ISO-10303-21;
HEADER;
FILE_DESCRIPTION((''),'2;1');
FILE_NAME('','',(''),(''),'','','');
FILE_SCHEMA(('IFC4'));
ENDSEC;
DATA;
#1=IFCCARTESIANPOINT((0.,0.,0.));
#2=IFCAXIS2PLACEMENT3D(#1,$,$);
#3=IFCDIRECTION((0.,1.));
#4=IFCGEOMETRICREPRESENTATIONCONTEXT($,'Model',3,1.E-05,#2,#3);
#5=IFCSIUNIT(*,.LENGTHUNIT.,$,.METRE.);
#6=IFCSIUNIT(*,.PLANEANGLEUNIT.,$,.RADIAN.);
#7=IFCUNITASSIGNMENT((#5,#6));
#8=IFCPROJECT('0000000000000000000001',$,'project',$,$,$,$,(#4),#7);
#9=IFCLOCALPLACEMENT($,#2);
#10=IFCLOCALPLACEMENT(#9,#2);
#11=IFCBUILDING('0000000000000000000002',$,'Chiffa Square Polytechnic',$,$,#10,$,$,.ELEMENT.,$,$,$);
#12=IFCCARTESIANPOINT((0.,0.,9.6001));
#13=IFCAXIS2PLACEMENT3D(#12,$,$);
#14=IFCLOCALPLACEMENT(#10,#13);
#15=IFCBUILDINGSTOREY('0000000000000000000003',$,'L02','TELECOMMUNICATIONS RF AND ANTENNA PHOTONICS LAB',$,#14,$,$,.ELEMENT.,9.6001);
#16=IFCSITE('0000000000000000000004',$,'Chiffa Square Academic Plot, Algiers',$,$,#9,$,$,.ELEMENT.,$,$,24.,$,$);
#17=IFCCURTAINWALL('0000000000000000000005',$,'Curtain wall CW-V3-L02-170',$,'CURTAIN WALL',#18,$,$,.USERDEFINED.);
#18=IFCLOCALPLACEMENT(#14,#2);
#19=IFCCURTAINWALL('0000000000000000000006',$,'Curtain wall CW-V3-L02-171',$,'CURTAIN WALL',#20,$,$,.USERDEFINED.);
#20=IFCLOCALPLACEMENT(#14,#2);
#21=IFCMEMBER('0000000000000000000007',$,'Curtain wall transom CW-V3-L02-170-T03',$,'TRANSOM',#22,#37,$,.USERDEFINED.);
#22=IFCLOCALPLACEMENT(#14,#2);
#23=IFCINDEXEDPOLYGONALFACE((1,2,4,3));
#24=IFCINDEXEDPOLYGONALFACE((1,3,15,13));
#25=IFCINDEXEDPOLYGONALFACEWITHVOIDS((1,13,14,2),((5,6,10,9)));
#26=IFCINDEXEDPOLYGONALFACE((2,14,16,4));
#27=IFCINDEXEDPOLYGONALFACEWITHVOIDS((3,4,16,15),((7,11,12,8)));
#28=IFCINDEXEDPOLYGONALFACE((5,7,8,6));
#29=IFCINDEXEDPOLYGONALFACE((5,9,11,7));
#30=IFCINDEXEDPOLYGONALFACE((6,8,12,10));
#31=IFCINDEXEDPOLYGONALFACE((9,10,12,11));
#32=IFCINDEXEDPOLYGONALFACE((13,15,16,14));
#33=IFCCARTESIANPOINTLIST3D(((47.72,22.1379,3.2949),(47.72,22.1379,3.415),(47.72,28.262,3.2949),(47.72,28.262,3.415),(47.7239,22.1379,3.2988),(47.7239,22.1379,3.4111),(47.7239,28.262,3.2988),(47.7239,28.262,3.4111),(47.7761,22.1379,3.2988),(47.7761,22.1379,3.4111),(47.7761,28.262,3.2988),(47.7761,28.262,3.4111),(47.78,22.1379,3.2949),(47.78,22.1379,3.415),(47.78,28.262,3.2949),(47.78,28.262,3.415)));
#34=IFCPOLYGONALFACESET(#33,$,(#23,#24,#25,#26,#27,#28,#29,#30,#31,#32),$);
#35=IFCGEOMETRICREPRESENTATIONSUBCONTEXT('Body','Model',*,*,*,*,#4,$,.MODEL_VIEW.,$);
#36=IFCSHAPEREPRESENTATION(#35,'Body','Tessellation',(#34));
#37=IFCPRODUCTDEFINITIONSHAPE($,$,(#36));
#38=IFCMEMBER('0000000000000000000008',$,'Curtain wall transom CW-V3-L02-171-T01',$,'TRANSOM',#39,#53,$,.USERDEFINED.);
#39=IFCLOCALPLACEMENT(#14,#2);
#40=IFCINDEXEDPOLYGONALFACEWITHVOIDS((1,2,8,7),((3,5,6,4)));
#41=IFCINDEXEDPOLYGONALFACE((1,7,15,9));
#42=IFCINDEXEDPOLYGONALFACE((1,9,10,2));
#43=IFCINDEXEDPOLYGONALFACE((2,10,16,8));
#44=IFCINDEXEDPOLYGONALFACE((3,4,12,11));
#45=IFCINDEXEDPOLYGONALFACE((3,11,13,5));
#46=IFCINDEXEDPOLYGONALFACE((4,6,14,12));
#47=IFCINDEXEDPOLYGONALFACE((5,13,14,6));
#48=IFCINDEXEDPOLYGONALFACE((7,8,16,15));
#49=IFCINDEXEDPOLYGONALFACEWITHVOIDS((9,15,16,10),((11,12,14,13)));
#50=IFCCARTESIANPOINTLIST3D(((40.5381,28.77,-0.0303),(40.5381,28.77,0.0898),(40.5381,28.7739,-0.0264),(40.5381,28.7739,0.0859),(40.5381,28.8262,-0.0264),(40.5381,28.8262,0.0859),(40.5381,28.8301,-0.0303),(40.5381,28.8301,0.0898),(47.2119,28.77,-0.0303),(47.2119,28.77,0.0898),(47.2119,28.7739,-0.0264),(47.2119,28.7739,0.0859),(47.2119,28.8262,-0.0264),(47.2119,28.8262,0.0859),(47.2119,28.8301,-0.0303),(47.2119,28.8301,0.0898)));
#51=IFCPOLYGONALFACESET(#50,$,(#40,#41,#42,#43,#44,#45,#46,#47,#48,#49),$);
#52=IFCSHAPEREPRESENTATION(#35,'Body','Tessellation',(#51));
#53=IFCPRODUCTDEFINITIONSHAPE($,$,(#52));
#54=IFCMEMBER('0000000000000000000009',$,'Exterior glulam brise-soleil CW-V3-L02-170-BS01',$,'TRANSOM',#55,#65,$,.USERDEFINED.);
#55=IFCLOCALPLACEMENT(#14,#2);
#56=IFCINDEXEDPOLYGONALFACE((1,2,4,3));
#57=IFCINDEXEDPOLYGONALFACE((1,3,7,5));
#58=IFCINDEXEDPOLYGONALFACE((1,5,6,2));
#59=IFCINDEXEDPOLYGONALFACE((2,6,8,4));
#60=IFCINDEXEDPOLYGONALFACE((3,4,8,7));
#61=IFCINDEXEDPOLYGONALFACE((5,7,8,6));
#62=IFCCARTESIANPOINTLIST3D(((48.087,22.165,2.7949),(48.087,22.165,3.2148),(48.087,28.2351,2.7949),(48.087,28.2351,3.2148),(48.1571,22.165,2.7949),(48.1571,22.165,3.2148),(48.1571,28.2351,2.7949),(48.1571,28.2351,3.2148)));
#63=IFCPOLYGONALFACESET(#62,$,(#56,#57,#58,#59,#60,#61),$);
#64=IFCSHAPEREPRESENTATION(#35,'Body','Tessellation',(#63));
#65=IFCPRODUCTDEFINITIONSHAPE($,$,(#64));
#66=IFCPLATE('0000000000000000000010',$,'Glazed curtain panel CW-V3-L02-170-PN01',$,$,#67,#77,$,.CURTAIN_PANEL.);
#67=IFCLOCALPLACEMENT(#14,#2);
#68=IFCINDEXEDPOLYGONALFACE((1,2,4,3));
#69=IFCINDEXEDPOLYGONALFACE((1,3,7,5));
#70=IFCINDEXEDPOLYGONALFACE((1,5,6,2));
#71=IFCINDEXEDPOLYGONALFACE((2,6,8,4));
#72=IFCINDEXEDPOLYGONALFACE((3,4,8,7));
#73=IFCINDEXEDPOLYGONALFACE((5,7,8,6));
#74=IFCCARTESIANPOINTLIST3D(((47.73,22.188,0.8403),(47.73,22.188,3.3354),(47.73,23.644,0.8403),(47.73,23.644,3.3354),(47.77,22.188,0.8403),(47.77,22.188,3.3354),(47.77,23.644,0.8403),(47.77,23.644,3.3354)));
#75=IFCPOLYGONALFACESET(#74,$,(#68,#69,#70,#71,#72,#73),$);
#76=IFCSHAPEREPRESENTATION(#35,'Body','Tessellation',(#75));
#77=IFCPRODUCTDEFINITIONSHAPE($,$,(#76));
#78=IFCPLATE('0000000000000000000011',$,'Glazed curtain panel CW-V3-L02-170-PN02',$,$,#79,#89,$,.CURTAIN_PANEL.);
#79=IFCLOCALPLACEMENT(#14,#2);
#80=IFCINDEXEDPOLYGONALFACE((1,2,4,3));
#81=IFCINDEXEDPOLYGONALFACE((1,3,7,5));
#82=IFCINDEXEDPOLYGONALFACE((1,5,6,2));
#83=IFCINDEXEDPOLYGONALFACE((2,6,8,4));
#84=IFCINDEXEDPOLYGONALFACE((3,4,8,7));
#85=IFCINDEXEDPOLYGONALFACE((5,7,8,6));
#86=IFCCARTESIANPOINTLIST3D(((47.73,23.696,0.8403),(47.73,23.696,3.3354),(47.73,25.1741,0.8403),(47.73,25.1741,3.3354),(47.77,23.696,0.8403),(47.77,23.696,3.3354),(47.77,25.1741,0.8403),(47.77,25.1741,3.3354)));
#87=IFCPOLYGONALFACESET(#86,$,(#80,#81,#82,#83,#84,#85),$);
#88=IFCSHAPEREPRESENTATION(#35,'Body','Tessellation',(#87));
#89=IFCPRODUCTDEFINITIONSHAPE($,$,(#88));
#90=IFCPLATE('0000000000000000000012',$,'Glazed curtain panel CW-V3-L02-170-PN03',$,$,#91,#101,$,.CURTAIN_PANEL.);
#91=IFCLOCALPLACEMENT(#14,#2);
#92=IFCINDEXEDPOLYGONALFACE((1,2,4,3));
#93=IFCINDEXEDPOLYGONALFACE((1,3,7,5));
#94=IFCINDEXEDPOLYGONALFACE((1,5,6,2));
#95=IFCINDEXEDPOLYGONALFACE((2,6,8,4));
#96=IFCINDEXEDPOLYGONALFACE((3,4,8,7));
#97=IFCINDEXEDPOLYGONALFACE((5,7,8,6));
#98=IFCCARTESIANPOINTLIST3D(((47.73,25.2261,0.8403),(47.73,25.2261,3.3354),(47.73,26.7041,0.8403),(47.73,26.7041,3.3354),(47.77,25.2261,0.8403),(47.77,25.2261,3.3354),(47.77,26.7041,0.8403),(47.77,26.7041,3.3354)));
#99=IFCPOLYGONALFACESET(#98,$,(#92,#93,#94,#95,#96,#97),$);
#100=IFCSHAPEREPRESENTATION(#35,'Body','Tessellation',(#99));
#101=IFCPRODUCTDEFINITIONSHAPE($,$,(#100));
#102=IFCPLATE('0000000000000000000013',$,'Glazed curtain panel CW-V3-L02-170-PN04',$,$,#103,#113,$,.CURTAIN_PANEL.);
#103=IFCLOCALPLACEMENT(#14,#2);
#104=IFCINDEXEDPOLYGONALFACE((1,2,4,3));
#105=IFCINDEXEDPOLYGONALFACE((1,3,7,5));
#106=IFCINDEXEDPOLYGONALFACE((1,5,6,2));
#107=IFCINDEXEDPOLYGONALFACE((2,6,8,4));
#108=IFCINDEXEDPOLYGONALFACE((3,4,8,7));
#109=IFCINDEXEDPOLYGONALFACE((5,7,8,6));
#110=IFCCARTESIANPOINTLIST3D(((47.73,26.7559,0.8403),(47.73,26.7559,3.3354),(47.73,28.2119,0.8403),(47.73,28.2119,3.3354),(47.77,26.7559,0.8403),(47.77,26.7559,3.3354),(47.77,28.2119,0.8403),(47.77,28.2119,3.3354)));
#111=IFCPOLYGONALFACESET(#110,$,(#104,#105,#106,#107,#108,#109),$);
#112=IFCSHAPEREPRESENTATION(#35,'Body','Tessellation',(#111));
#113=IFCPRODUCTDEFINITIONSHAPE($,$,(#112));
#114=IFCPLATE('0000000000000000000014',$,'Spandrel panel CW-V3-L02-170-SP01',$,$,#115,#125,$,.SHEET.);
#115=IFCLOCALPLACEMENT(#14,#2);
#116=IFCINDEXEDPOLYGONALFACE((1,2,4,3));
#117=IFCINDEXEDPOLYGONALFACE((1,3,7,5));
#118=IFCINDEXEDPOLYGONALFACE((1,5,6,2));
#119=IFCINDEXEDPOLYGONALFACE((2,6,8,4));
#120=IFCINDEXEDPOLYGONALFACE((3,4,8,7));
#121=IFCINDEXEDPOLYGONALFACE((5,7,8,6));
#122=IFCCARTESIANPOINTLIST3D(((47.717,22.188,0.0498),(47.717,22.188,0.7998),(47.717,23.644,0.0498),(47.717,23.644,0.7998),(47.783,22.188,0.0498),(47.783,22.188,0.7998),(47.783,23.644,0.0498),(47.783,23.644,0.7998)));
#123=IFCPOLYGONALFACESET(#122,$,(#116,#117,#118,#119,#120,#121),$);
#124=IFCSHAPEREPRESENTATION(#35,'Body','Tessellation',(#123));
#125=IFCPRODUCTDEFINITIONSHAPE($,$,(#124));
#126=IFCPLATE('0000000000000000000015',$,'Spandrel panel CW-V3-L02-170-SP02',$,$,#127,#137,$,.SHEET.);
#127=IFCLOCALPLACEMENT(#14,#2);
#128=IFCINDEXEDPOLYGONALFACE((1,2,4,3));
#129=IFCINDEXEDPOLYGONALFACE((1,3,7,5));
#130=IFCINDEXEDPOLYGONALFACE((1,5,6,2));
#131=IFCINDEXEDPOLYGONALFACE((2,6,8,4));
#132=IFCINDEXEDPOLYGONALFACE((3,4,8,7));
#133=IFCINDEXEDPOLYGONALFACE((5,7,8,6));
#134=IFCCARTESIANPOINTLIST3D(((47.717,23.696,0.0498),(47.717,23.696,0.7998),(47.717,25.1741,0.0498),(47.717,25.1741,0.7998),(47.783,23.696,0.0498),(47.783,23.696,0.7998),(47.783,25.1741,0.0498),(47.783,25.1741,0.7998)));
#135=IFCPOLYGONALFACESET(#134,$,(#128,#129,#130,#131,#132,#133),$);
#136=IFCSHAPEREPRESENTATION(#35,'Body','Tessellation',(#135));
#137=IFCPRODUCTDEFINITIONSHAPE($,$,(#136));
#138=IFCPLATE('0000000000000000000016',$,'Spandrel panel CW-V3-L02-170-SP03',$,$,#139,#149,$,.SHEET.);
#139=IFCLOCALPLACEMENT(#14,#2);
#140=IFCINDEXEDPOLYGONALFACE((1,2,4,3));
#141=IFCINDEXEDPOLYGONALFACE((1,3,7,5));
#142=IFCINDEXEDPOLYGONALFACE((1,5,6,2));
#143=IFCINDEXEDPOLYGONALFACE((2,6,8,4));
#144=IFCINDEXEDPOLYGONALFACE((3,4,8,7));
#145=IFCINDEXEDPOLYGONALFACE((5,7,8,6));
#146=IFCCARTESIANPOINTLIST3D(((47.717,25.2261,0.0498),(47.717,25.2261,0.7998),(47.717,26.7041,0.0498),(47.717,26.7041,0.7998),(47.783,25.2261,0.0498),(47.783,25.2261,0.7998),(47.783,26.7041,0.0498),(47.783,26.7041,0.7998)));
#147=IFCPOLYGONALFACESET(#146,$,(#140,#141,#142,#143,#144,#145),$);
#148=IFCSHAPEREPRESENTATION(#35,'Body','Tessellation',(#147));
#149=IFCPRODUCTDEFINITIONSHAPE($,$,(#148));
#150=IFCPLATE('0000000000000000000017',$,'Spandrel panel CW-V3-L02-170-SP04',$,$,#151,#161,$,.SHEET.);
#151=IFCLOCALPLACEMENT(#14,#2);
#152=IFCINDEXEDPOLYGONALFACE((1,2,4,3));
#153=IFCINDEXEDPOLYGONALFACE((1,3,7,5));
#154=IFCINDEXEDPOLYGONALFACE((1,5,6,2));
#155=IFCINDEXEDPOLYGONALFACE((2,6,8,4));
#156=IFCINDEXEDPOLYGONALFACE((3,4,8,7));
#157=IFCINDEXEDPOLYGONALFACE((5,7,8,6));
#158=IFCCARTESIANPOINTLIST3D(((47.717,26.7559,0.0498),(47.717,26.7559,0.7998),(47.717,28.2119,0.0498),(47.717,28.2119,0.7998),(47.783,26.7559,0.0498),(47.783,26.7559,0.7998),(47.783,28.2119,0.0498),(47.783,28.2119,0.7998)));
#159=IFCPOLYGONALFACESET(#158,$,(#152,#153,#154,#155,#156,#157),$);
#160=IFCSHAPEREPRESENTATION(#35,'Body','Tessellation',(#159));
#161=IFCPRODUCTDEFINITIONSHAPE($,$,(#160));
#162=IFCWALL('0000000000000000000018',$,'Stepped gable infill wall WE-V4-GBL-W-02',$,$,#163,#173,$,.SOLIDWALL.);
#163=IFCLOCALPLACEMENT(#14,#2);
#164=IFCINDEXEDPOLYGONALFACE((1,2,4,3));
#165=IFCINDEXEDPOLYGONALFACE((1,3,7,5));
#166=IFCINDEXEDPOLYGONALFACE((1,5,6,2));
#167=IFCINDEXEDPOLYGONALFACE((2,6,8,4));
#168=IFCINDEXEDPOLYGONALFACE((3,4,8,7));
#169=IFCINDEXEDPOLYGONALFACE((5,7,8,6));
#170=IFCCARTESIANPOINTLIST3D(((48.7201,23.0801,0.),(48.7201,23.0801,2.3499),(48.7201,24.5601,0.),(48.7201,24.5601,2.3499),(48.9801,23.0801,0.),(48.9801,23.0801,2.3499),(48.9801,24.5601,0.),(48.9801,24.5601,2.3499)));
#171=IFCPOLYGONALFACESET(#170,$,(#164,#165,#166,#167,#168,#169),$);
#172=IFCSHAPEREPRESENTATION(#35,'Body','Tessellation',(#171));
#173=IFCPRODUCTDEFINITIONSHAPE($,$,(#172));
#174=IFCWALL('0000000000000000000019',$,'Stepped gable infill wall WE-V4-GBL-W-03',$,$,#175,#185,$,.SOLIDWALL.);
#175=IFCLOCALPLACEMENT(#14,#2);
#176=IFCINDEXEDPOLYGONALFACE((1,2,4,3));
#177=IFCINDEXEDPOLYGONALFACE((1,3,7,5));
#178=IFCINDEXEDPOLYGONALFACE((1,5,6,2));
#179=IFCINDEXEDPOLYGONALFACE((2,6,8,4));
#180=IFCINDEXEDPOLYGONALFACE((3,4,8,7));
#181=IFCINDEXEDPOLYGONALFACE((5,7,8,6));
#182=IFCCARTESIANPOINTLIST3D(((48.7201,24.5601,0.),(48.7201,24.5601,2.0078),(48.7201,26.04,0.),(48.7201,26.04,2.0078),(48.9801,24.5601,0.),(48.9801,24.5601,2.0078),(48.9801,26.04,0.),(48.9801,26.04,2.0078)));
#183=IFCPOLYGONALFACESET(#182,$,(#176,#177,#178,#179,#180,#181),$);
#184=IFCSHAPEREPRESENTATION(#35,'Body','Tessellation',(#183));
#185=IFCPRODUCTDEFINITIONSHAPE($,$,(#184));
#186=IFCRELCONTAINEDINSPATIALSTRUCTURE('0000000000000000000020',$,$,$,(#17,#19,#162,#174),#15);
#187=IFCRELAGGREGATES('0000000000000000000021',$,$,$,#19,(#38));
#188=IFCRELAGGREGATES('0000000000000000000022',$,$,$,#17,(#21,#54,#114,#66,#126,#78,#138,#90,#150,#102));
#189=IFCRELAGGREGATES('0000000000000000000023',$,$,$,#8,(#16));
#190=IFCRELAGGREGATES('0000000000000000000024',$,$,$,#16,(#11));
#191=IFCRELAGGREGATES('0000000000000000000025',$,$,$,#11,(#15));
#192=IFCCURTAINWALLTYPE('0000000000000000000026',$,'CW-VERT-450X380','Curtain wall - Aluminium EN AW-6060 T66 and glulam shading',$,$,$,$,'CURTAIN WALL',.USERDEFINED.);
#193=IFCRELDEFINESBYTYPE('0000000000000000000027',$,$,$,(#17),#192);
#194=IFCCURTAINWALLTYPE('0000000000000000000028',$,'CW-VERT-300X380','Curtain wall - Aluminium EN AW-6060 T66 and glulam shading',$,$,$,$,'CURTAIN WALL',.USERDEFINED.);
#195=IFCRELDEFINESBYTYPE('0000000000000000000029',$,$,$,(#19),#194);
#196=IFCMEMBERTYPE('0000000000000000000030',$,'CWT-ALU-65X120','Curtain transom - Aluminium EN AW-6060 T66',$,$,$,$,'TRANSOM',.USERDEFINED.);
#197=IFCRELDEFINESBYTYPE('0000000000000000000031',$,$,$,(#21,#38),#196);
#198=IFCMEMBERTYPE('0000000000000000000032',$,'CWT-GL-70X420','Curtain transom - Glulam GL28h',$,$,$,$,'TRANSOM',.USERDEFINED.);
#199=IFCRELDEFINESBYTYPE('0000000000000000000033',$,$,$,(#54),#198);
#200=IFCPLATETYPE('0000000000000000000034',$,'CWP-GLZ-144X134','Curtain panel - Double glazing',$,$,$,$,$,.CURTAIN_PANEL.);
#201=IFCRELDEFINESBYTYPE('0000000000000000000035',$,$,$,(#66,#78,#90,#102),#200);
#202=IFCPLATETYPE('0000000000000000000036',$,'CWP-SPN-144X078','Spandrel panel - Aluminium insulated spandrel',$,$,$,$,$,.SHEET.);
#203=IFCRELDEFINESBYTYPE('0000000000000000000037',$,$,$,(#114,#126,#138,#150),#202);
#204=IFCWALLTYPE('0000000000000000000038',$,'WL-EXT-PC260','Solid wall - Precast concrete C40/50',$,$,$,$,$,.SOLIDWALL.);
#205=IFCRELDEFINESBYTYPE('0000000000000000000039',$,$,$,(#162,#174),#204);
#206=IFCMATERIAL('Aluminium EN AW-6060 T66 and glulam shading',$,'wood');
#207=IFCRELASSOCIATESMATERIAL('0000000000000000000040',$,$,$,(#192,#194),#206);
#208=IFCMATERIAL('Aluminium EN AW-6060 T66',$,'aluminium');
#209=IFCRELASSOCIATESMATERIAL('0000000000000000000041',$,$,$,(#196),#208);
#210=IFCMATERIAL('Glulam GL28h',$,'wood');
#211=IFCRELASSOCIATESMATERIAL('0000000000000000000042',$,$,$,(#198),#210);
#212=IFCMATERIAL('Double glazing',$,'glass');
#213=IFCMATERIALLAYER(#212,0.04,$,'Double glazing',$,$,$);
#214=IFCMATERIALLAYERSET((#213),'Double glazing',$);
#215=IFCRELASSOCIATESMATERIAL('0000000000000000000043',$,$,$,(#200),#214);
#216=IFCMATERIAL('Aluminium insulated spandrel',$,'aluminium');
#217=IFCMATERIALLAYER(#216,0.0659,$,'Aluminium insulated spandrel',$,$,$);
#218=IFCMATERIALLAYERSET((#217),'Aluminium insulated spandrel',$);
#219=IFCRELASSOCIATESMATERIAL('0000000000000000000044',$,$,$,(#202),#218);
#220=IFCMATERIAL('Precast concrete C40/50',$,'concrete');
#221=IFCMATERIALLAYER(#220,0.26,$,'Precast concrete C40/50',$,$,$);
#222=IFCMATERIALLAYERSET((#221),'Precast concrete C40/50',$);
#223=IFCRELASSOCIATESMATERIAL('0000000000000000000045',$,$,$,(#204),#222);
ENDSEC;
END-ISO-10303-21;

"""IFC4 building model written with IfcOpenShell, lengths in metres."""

from ifc_helpers import new_model, si_unit, direction, frame, frame_2d, origin, origin_2d, place, context, subcontext, project, spatial, rectangle, hollow_rectangle, extrude, material, layer, layer_set, material_profile, profile_set, type_object, element, aggregate, save


model = new_model("IFC4")

# Units and contexts
model_context = context("Model", 3, precision=1e-05, world=origin(), true_north=direction((0.0, 1.0)))
body_context = subcontext(model_context, "Body", "Model", "MODEL_VIEW")
ifc_project = project(units=[si_unit("LENGTHUNIT", "METRE"), si_unit("PLANEANGLEUNIT", "RADIAN")], contexts=[model_context])

# Site, building, storey
site_placement = place(None, origin())
site = spatial("IfcSite", under=ifc_project, at=site_placement, Name="Chiffa Square Academic Plot, Algiers", CompositionType="ELEMENT", RefElevation=24.0)
building_placement = place(site_placement, origin())
building = spatial("IfcBuilding", under=site, at=building_placement, Name="Chiffa Square Polytechnic", CompositionType="ELEMENT")
storey_placement = place(building_placement, frame((0.0, 0.0, 9.6001)))
storey = spatial("IfcBuildingStorey", under=building, at=storey_placement, Name="L02", Description="TELECOMMUNICATIONS RF AND ANTENNA PHOTONICS LAB", CompositionType="ELEMENT", Elevation=9.6001)

# Curtain wall
ifc_material_1 = material(Name="Aluminium EN AW-6060 T66 and glulam shading", Category="wood")
curtain_wall_type_1 = type_object("IfcCurtainWallType", Name="CW-VERT-450X380", Description="Curtain wall - Aluminium EN AW-6060 T66 and glulam shading", ElementType="CURTAIN WALL", PredefinedType="USERDEFINED", material=ifc_material_1)
curtain_wall_1_placement = place(storey_placement, origin())
curtain_wall_1 = element("IfcCurtainWall", 1, at=curtain_wall_1_placement, inside=storey, type_object=curtain_wall_type_1, Name="Curtain wall CW-V3-L02-170", ObjectType="CURTAIN WALL", PredefinedType="USERDEFINED")
ifc_material_2 = material(Name="Aluminium EN AW-6060 T66", Category="aluminium")

# Curtain wall
curtain_wall_type_2 = type_object("IfcCurtainWallType", Name="CW-VERT-300X380", Description="Curtain wall - Aluminium EN AW-6060 T66 and glulam shading", ElementType="CURTAIN WALL", PredefinedType="USERDEFINED", material=ifc_material_1)
curtain_wall_2_placement = place(storey_placement, origin())
curtain_wall_2 = element("IfcCurtainWall", 2, at=curtain_wall_2_placement, inside=storey, type_object=curtain_wall_type_2, Name="Curtain wall CW-V3-L02-171", ObjectType="CURTAIN WALL", PredefinedType="USERDEFINED")

# Members
ifc_material_3 = material(Name="Glulam GL28h", Category="wood")
ifc_material_profile_1 = material_profile(ifc_material_2, hollow_rectangle(XDim=0.0601, YDim=0.1201, WallThickness=0.0039, at=origin_2d()), Name="ALU 60x120x4")
ifc_profile_set_1 = profile_set([ifc_material_profile_1], Name="Aluminium EN AW-6060 T66")
member_type_1 = type_object("IfcMemberType", Name="CWT-ALU-65X120", Description="Curtain transom - Aluminium EN AW-6060 T66", ElementType="TRANSOM", PredefinedType="USERDEFINED", material=ifc_profile_set_1)
member_1_placement = place(storey_placement, frame((47.75, 22.1379, 3.355), z_axis=(0.0, 1.0, 0.0), x_axis=(-1.0, 0.0, 0.0)))
member_1 = element("IfcMember", 3, at=member_1_placement, type_object=member_type_1, Name="Curtain wall transom CW-V3-L02-170-T03", ObjectType="TRANSOM", PredefinedType="USERDEFINED", context=body_context, shape_type="SweptSolid", body=[
    extrude(hollow_rectangle(XDim=0.0601, YDim=0.1201, WallThickness=0.0039, at=origin_2d()), origin(), (0.0, 0.0, 1.0), 6.124),
])
member_2_placement = place(storey_placement, frame((47.2119, 28.8, 0.0298), z_axis=(-1.0, 0.0, 0.0), x_axis=(0.0, -1.0, 0.0)))
member_2 = element("IfcMember", 4, at=member_2_placement, type_object=member_type_1, Name="Curtain wall transom CW-V3-L02-171-T01", ObjectType="TRANSOM", PredefinedType="USERDEFINED", context=body_context, shape_type="SweptSolid", body=[
    extrude(hollow_rectangle(XDim=0.0601, YDim=0.1201, WallThickness=0.0039, at=origin_2d()), origin(), (0.0, 0.0, 1.0), 6.6738),
])
aggregate(curtain_wall_2, [member_2])
ifc_material_profile_2 = material_profile(ifc_material_3, rectangle(XDim=0.0701, YDim=0.4199, at=origin_2d()), Name="GL28h 70x420")
ifc_profile_set_2 = profile_set([ifc_material_profile_2], Name="Glulam GL28h")
member_type_2 = type_object("IfcMemberType", Name="CWT-GL-70X420", Description="Curtain transom - Glulam GL28h", ElementType="TRANSOM", PredefinedType="USERDEFINED", material=ifc_profile_set_2)
member_3_placement = place(storey_placement, frame((48.1221, 22.165, 3.0049), z_axis=(0.0, 1.0, 0.0), x_axis=(-1.0, 0.0, 0.0)))
member_3 = element("IfcMember", 5, at=member_3_placement, type_object=member_type_2, Name="Exterior glulam brise-soleil CW-V3-L02-170-BS01", ObjectType="TRANSOM", PredefinedType="USERDEFINED", context=body_context, shape_type="SweptSolid", body=[
    extrude(rectangle(XDim=0.0701, YDim=0.4199, at=origin_2d()), origin(), (0.0, 0.0, 1.0), 6.0701),
])

# Plates
ifc_material_4 = material(Name="Double glazing", Category="glass")
ifc_layer_1 = layer(ifc_material_4, 0.04, Name="Double glazing")
ifc_layer_set_1 = layer_set([ifc_layer_1], Name="Double glazing")
plate_type_1 = type_object("IfcPlateType", Name="CWP-GLZ-144X134", Description="Curtain panel - Double glazing", PredefinedType="CURTAIN_PANEL", material=ifc_layer_set_1)
plate_1_placement = place(storey_placement, frame((47.75, 22.916, 0.8403), z_axis=(0.0, 0.0, 1.0), x_axis=(0.0, 1.0, 0.0)))
plate_1 = element("IfcPlate", 6, at=plate_1_placement, type_object=plate_type_1, Name="Glazed curtain panel CW-V3-L02-170-PN01", PredefinedType="CURTAIN_PANEL", context=body_context, shape_type="SweptSolid", body=[
    extrude(rectangle(XDim=1.4561, YDim=0.04, at=origin_2d()), origin(), (0.0, 0.0, 1.0), 2.4951),
])
plate_2_placement = place(storey_placement, frame((47.75, 24.4351, 0.8403), z_axis=(0.0, 0.0, 1.0), x_axis=(0.0, 1.0, 0.0)))
plate_2 = element("IfcPlate", 7, at=plate_2_placement, type_object=plate_type_1, Name="Glazed curtain panel CW-V3-L02-170-PN02", PredefinedType="CURTAIN_PANEL", context=body_context, shape_type="SweptSolid", body=[
    extrude(rectangle(XDim=1.478, YDim=0.04, at=origin_2d()), origin(), (0.0, 0.0, 1.0), 2.4951),
])
plate_3_placement = place(storey_placement, frame((47.75, 25.9651, 0.8403), z_axis=(0.0, 0.0, 1.0), x_axis=(0.0, 1.0, 0.0)))
plate_3 = element("IfcPlate", 8, at=plate_3_placement, type_object=plate_type_1, Name="Glazed curtain panel CW-V3-L02-170-PN03", PredefinedType="CURTAIN_PANEL", context=body_context, shape_type="SweptSolid", body=[
    extrude(rectangle(XDim=1.478, YDim=0.04, at=origin_2d()), origin(), (0.0, 0.0, 1.0), 2.4951),
])
plate_4_placement = place(storey_placement, frame((47.75, 27.4839, 0.8403), z_axis=(0.0, 0.0, 1.0), x_axis=(0.0, 1.0, 0.0)))
plate_4 = element("IfcPlate", 9, at=plate_4_placement, type_object=plate_type_1, Name="Glazed curtain panel CW-V3-L02-170-PN04", PredefinedType="CURTAIN_PANEL", context=body_context, shape_type="SweptSolid", body=[
    extrude(rectangle(XDim=1.4561, YDim=0.04, at=origin_2d()), origin(), (0.0, 0.0, 1.0), 2.4951),
])
ifc_material_5 = material(Name="Aluminium insulated spandrel", Category="aluminium")
ifc_layer_2 = layer(ifc_material_5, 0.0659, Name="Aluminium insulated spandrel")
ifc_layer_set_2 = layer_set([ifc_layer_2], Name="Aluminium insulated spandrel")
plate_type_2 = type_object("IfcPlateType", Name="CWP-SPN-144X078", Description="Spandrel panel - Aluminium insulated spandrel", PredefinedType="SHEET", material=ifc_layer_set_2)
plate_5_placement = place(storey_placement, frame((47.75, 22.916, 0.0498), z_axis=(0.0, 0.0, 1.0), x_axis=(0.0, 1.0, 0.0)))
plate_5 = element("IfcPlate", 10, at=plate_5_placement, type_object=plate_type_2, Name="Spandrel panel CW-V3-L02-170-SP01", PredefinedType="SHEET", context=body_context, shape_type="SweptSolid", body=[
    extrude(rectangle(XDim=1.4561, YDim=0.0659, at=origin_2d()), origin(), (0.0, 0.0, 1.0), 0.75),
])
plate_6_placement = place(storey_placement, frame((47.75, 24.4351, 0.0498), z_axis=(0.0, 0.0, 1.0), x_axis=(0.0, 1.0, 0.0)))
plate_6 = element("IfcPlate", 11, at=plate_6_placement, type_object=plate_type_2, Name="Spandrel panel CW-V3-L02-170-SP02", PredefinedType="SHEET", context=body_context, shape_type="SweptSolid", body=[
    extrude(rectangle(XDim=1.478, YDim=0.0659, at=origin_2d()), origin(), (0.0, 0.0, 1.0), 0.75),
])
plate_7_placement = place(storey_placement, frame((47.75, 25.9651, 0.0498), z_axis=(0.0, 0.0, 1.0), x_axis=(0.0, 1.0, 0.0)))
plate_7 = element("IfcPlate", 12, at=plate_7_placement, type_object=plate_type_2, Name="Spandrel panel CW-V3-L02-170-SP03", PredefinedType="SHEET", context=body_context, shape_type="SweptSolid", body=[
    extrude(rectangle(XDim=1.478, YDim=0.0659, at=origin_2d()), origin(), (0.0, 0.0, 1.0), 0.75),
])
plate_8_placement = place(storey_placement, frame((47.75, 27.4839, 0.0498), z_axis=(0.0, 0.0, 1.0), x_axis=(0.0, 1.0, 0.0)))
plate_8 = element("IfcPlate", 13, at=plate_8_placement, type_object=plate_type_2, Name="Spandrel panel CW-V3-L02-170-SP04", PredefinedType="SHEET", context=body_context, shape_type="SweptSolid", body=[
    extrude(rectangle(XDim=1.4561, YDim=0.0659, at=origin_2d()), origin(), (0.0, 0.0, 1.0), 0.75),
])
aggregate(curtain_wall_1, [member_1, member_3, plate_5, plate_1, plate_6, plate_2, plate_7, plate_3, plate_8, plate_4])

# Walls
ifc_material_6 = material(Name="Precast concrete C40/50", Category="concrete")
ifc_layer_3 = layer(ifc_material_6, 0.26, Name="Precast concrete C40/50")
ifc_layer_set_3 = layer_set([ifc_layer_3], Name="Precast concrete C40/50")
wall_type_1 = type_object("IfcWallType", Name="WL-EXT-PC260", Description="Solid wall - Precast concrete C40/50", PredefinedType="SOLIDWALL", material=ifc_layer_set_3)
wall_1_placement = place(storey_placement, frame((48.8501, 23.0801, 0.0), z_axis=(0.0, 0.0, 1.0), x_axis=(0.0, 1.0, 0.0)))
element("IfcWall", 14, at=wall_1_placement, inside=storey, type_object=wall_type_1, Name="Stepped gable infill wall WE-V4-GBL-W-02", PredefinedType="SOLIDWALL", context=body_context, shape_type="SweptSolid", body=[
    extrude(rectangle(XDim=1.48, YDim=0.26, at=frame_2d((0.74, 0.0))), origin(), (0.0, 0.0, 1.0), 2.3499),
])
wall_2_placement = place(storey_placement, frame((48.8501, 24.5601, 0.0), z_axis=(0.0, 0.0, 1.0), x_axis=(0.0, 1.0, 0.0)))
element("IfcWall", 15, at=wall_2_placement, inside=storey, type_object=wall_type_1, Name="Stepped gable infill wall WE-V4-GBL-W-03", PredefinedType="SOLIDWALL", context=body_context, shape_type="SweptSolid", body=[
    extrude(rectangle(XDim=1.48, YDim=0.26, at=frame_2d((0.74, 0.0))), origin(), (0.0, 0.0, 1.0), 2.0078),
])

save(model, "model.ifc")
